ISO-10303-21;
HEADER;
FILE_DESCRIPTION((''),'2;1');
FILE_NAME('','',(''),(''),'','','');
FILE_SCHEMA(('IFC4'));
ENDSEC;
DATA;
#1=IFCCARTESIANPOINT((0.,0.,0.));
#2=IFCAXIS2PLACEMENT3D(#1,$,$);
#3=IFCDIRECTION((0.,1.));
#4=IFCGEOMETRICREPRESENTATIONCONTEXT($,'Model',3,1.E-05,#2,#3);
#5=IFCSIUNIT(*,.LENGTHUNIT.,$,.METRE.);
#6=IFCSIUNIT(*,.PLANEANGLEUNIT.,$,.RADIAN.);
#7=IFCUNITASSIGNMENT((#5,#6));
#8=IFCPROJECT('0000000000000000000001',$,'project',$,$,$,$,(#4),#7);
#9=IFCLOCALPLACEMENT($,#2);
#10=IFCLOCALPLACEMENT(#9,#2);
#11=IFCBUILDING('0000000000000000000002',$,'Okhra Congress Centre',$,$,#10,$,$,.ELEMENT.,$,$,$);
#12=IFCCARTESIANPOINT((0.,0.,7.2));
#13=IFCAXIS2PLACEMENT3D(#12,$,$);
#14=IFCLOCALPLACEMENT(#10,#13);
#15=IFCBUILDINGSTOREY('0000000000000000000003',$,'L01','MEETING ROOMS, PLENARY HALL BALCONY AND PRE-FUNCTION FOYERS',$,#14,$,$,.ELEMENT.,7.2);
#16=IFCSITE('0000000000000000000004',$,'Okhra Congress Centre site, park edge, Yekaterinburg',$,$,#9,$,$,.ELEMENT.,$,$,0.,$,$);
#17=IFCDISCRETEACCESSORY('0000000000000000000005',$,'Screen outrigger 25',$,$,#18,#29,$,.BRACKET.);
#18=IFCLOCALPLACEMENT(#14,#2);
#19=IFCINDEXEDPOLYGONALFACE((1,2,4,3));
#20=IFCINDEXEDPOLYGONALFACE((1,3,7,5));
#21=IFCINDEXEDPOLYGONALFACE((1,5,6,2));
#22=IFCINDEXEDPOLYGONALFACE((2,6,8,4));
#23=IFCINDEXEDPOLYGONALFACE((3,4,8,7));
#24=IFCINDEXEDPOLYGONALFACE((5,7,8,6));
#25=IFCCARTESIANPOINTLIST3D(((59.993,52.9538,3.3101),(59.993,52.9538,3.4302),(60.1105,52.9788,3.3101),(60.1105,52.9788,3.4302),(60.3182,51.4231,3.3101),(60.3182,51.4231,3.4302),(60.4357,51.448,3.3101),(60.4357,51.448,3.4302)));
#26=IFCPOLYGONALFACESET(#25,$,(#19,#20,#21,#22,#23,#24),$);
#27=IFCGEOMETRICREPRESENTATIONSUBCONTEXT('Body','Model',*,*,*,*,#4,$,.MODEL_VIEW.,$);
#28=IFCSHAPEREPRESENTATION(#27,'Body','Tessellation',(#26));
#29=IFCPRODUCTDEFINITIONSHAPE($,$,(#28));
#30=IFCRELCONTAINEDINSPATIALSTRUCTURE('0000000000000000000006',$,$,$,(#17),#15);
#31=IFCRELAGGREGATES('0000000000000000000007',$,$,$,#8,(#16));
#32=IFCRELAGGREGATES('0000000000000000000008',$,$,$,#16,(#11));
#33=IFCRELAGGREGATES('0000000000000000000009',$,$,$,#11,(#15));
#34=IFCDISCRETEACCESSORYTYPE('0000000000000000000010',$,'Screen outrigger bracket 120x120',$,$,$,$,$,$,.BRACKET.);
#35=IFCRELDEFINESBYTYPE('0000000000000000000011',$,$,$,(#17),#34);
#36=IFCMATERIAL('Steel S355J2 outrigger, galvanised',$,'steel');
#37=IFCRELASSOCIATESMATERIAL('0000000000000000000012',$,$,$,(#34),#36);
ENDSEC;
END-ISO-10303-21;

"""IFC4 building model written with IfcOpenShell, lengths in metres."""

from ifc_helpers import new_model, si_unit, direction, frame, origin, origin_2d, place, context, subcontext, project, spatial, rectangle, extrude, material, material_profile, profile_set, type_object, element, save


model = new_model("IFC4")

# Units and contexts
model_context = context("Model", 3, precision=1e-05, world=origin(), true_north=direction((0.0, 1.0)))
body_context = subcontext(model_context, "Body", "Model", "MODEL_VIEW")
ifc_project = project(units=[si_unit("LENGTHUNIT", "METRE"), si_unit("PLANEANGLEUNIT", "RADIAN")], contexts=[model_context])

# Site, building, storey
site_placement = place(None, origin())
site = spatial("IfcSite", under=ifc_project, at=site_placement, Name="Okhra Congress Centre site, park edge, Yekaterinburg", CompositionType="ELEMENT", RefElevation=0.0)
building_placement = place(site_placement, origin())
building = spatial("IfcBuilding", under=site, at=building_placement, Name="Okhra Congress Centre", CompositionType="ELEMENT")
storey_placement = place(building_placement, frame((0.0, 0.0, 7.2)))
storey = spatial("IfcBuildingStorey", under=building, at=storey_placement, Name="L01", Description="MEETING ROOMS, PLENARY HALL BALCONY AND PRE-FUNCTION FOYERS", CompositionType="ELEMENT", Elevation=7.2)

# Discrete accessory
ifc_material_1 = material(Name="Steel S355J2 outrigger, galvanised", Category="steel")
ifc_material_profile_1 = material_profile(ifc_material_1, rectangle(XDim=0.1201, YDim=0.1201, at=origin_2d()), Name="Screen outrigger bracket 120x120")
ifc_profile_set_1 = profile_set([ifc_material_profile_1], Name="Steel S355J2 outrigger, galvanised")
discrete_accessory_type = type_object("IfcDiscreteAccessoryType", Name="Screen outrigger bracket 120x120", PredefinedType="BRACKET", material=ifc_profile_set_1)
for number, where, z_axis, x_axis, name in (
    (1, (60.377, 51.4355, 3.3701), (-0.207803, 0.978171, 0.0), (-0.978171, -0.207803, 0.0), "Screen outrigger 25"),
):
    element("IfcDiscreteAccessory", number, at=place(storey_placement, frame(where, z_axis=z_axis, x_axis=x_axis)), inside=storey, type_object=discrete_accessory_type, Name=name, PredefinedType="BRACKET", context=body_context, shape_type="SweptSolid", body=[
        extrude(rectangle(XDim=0.1201, YDim=0.1201, at=origin_2d()), origin(), (0.0, 0.0, 1.0), 1.5649),
    ])

save(model, "model.ifc")
